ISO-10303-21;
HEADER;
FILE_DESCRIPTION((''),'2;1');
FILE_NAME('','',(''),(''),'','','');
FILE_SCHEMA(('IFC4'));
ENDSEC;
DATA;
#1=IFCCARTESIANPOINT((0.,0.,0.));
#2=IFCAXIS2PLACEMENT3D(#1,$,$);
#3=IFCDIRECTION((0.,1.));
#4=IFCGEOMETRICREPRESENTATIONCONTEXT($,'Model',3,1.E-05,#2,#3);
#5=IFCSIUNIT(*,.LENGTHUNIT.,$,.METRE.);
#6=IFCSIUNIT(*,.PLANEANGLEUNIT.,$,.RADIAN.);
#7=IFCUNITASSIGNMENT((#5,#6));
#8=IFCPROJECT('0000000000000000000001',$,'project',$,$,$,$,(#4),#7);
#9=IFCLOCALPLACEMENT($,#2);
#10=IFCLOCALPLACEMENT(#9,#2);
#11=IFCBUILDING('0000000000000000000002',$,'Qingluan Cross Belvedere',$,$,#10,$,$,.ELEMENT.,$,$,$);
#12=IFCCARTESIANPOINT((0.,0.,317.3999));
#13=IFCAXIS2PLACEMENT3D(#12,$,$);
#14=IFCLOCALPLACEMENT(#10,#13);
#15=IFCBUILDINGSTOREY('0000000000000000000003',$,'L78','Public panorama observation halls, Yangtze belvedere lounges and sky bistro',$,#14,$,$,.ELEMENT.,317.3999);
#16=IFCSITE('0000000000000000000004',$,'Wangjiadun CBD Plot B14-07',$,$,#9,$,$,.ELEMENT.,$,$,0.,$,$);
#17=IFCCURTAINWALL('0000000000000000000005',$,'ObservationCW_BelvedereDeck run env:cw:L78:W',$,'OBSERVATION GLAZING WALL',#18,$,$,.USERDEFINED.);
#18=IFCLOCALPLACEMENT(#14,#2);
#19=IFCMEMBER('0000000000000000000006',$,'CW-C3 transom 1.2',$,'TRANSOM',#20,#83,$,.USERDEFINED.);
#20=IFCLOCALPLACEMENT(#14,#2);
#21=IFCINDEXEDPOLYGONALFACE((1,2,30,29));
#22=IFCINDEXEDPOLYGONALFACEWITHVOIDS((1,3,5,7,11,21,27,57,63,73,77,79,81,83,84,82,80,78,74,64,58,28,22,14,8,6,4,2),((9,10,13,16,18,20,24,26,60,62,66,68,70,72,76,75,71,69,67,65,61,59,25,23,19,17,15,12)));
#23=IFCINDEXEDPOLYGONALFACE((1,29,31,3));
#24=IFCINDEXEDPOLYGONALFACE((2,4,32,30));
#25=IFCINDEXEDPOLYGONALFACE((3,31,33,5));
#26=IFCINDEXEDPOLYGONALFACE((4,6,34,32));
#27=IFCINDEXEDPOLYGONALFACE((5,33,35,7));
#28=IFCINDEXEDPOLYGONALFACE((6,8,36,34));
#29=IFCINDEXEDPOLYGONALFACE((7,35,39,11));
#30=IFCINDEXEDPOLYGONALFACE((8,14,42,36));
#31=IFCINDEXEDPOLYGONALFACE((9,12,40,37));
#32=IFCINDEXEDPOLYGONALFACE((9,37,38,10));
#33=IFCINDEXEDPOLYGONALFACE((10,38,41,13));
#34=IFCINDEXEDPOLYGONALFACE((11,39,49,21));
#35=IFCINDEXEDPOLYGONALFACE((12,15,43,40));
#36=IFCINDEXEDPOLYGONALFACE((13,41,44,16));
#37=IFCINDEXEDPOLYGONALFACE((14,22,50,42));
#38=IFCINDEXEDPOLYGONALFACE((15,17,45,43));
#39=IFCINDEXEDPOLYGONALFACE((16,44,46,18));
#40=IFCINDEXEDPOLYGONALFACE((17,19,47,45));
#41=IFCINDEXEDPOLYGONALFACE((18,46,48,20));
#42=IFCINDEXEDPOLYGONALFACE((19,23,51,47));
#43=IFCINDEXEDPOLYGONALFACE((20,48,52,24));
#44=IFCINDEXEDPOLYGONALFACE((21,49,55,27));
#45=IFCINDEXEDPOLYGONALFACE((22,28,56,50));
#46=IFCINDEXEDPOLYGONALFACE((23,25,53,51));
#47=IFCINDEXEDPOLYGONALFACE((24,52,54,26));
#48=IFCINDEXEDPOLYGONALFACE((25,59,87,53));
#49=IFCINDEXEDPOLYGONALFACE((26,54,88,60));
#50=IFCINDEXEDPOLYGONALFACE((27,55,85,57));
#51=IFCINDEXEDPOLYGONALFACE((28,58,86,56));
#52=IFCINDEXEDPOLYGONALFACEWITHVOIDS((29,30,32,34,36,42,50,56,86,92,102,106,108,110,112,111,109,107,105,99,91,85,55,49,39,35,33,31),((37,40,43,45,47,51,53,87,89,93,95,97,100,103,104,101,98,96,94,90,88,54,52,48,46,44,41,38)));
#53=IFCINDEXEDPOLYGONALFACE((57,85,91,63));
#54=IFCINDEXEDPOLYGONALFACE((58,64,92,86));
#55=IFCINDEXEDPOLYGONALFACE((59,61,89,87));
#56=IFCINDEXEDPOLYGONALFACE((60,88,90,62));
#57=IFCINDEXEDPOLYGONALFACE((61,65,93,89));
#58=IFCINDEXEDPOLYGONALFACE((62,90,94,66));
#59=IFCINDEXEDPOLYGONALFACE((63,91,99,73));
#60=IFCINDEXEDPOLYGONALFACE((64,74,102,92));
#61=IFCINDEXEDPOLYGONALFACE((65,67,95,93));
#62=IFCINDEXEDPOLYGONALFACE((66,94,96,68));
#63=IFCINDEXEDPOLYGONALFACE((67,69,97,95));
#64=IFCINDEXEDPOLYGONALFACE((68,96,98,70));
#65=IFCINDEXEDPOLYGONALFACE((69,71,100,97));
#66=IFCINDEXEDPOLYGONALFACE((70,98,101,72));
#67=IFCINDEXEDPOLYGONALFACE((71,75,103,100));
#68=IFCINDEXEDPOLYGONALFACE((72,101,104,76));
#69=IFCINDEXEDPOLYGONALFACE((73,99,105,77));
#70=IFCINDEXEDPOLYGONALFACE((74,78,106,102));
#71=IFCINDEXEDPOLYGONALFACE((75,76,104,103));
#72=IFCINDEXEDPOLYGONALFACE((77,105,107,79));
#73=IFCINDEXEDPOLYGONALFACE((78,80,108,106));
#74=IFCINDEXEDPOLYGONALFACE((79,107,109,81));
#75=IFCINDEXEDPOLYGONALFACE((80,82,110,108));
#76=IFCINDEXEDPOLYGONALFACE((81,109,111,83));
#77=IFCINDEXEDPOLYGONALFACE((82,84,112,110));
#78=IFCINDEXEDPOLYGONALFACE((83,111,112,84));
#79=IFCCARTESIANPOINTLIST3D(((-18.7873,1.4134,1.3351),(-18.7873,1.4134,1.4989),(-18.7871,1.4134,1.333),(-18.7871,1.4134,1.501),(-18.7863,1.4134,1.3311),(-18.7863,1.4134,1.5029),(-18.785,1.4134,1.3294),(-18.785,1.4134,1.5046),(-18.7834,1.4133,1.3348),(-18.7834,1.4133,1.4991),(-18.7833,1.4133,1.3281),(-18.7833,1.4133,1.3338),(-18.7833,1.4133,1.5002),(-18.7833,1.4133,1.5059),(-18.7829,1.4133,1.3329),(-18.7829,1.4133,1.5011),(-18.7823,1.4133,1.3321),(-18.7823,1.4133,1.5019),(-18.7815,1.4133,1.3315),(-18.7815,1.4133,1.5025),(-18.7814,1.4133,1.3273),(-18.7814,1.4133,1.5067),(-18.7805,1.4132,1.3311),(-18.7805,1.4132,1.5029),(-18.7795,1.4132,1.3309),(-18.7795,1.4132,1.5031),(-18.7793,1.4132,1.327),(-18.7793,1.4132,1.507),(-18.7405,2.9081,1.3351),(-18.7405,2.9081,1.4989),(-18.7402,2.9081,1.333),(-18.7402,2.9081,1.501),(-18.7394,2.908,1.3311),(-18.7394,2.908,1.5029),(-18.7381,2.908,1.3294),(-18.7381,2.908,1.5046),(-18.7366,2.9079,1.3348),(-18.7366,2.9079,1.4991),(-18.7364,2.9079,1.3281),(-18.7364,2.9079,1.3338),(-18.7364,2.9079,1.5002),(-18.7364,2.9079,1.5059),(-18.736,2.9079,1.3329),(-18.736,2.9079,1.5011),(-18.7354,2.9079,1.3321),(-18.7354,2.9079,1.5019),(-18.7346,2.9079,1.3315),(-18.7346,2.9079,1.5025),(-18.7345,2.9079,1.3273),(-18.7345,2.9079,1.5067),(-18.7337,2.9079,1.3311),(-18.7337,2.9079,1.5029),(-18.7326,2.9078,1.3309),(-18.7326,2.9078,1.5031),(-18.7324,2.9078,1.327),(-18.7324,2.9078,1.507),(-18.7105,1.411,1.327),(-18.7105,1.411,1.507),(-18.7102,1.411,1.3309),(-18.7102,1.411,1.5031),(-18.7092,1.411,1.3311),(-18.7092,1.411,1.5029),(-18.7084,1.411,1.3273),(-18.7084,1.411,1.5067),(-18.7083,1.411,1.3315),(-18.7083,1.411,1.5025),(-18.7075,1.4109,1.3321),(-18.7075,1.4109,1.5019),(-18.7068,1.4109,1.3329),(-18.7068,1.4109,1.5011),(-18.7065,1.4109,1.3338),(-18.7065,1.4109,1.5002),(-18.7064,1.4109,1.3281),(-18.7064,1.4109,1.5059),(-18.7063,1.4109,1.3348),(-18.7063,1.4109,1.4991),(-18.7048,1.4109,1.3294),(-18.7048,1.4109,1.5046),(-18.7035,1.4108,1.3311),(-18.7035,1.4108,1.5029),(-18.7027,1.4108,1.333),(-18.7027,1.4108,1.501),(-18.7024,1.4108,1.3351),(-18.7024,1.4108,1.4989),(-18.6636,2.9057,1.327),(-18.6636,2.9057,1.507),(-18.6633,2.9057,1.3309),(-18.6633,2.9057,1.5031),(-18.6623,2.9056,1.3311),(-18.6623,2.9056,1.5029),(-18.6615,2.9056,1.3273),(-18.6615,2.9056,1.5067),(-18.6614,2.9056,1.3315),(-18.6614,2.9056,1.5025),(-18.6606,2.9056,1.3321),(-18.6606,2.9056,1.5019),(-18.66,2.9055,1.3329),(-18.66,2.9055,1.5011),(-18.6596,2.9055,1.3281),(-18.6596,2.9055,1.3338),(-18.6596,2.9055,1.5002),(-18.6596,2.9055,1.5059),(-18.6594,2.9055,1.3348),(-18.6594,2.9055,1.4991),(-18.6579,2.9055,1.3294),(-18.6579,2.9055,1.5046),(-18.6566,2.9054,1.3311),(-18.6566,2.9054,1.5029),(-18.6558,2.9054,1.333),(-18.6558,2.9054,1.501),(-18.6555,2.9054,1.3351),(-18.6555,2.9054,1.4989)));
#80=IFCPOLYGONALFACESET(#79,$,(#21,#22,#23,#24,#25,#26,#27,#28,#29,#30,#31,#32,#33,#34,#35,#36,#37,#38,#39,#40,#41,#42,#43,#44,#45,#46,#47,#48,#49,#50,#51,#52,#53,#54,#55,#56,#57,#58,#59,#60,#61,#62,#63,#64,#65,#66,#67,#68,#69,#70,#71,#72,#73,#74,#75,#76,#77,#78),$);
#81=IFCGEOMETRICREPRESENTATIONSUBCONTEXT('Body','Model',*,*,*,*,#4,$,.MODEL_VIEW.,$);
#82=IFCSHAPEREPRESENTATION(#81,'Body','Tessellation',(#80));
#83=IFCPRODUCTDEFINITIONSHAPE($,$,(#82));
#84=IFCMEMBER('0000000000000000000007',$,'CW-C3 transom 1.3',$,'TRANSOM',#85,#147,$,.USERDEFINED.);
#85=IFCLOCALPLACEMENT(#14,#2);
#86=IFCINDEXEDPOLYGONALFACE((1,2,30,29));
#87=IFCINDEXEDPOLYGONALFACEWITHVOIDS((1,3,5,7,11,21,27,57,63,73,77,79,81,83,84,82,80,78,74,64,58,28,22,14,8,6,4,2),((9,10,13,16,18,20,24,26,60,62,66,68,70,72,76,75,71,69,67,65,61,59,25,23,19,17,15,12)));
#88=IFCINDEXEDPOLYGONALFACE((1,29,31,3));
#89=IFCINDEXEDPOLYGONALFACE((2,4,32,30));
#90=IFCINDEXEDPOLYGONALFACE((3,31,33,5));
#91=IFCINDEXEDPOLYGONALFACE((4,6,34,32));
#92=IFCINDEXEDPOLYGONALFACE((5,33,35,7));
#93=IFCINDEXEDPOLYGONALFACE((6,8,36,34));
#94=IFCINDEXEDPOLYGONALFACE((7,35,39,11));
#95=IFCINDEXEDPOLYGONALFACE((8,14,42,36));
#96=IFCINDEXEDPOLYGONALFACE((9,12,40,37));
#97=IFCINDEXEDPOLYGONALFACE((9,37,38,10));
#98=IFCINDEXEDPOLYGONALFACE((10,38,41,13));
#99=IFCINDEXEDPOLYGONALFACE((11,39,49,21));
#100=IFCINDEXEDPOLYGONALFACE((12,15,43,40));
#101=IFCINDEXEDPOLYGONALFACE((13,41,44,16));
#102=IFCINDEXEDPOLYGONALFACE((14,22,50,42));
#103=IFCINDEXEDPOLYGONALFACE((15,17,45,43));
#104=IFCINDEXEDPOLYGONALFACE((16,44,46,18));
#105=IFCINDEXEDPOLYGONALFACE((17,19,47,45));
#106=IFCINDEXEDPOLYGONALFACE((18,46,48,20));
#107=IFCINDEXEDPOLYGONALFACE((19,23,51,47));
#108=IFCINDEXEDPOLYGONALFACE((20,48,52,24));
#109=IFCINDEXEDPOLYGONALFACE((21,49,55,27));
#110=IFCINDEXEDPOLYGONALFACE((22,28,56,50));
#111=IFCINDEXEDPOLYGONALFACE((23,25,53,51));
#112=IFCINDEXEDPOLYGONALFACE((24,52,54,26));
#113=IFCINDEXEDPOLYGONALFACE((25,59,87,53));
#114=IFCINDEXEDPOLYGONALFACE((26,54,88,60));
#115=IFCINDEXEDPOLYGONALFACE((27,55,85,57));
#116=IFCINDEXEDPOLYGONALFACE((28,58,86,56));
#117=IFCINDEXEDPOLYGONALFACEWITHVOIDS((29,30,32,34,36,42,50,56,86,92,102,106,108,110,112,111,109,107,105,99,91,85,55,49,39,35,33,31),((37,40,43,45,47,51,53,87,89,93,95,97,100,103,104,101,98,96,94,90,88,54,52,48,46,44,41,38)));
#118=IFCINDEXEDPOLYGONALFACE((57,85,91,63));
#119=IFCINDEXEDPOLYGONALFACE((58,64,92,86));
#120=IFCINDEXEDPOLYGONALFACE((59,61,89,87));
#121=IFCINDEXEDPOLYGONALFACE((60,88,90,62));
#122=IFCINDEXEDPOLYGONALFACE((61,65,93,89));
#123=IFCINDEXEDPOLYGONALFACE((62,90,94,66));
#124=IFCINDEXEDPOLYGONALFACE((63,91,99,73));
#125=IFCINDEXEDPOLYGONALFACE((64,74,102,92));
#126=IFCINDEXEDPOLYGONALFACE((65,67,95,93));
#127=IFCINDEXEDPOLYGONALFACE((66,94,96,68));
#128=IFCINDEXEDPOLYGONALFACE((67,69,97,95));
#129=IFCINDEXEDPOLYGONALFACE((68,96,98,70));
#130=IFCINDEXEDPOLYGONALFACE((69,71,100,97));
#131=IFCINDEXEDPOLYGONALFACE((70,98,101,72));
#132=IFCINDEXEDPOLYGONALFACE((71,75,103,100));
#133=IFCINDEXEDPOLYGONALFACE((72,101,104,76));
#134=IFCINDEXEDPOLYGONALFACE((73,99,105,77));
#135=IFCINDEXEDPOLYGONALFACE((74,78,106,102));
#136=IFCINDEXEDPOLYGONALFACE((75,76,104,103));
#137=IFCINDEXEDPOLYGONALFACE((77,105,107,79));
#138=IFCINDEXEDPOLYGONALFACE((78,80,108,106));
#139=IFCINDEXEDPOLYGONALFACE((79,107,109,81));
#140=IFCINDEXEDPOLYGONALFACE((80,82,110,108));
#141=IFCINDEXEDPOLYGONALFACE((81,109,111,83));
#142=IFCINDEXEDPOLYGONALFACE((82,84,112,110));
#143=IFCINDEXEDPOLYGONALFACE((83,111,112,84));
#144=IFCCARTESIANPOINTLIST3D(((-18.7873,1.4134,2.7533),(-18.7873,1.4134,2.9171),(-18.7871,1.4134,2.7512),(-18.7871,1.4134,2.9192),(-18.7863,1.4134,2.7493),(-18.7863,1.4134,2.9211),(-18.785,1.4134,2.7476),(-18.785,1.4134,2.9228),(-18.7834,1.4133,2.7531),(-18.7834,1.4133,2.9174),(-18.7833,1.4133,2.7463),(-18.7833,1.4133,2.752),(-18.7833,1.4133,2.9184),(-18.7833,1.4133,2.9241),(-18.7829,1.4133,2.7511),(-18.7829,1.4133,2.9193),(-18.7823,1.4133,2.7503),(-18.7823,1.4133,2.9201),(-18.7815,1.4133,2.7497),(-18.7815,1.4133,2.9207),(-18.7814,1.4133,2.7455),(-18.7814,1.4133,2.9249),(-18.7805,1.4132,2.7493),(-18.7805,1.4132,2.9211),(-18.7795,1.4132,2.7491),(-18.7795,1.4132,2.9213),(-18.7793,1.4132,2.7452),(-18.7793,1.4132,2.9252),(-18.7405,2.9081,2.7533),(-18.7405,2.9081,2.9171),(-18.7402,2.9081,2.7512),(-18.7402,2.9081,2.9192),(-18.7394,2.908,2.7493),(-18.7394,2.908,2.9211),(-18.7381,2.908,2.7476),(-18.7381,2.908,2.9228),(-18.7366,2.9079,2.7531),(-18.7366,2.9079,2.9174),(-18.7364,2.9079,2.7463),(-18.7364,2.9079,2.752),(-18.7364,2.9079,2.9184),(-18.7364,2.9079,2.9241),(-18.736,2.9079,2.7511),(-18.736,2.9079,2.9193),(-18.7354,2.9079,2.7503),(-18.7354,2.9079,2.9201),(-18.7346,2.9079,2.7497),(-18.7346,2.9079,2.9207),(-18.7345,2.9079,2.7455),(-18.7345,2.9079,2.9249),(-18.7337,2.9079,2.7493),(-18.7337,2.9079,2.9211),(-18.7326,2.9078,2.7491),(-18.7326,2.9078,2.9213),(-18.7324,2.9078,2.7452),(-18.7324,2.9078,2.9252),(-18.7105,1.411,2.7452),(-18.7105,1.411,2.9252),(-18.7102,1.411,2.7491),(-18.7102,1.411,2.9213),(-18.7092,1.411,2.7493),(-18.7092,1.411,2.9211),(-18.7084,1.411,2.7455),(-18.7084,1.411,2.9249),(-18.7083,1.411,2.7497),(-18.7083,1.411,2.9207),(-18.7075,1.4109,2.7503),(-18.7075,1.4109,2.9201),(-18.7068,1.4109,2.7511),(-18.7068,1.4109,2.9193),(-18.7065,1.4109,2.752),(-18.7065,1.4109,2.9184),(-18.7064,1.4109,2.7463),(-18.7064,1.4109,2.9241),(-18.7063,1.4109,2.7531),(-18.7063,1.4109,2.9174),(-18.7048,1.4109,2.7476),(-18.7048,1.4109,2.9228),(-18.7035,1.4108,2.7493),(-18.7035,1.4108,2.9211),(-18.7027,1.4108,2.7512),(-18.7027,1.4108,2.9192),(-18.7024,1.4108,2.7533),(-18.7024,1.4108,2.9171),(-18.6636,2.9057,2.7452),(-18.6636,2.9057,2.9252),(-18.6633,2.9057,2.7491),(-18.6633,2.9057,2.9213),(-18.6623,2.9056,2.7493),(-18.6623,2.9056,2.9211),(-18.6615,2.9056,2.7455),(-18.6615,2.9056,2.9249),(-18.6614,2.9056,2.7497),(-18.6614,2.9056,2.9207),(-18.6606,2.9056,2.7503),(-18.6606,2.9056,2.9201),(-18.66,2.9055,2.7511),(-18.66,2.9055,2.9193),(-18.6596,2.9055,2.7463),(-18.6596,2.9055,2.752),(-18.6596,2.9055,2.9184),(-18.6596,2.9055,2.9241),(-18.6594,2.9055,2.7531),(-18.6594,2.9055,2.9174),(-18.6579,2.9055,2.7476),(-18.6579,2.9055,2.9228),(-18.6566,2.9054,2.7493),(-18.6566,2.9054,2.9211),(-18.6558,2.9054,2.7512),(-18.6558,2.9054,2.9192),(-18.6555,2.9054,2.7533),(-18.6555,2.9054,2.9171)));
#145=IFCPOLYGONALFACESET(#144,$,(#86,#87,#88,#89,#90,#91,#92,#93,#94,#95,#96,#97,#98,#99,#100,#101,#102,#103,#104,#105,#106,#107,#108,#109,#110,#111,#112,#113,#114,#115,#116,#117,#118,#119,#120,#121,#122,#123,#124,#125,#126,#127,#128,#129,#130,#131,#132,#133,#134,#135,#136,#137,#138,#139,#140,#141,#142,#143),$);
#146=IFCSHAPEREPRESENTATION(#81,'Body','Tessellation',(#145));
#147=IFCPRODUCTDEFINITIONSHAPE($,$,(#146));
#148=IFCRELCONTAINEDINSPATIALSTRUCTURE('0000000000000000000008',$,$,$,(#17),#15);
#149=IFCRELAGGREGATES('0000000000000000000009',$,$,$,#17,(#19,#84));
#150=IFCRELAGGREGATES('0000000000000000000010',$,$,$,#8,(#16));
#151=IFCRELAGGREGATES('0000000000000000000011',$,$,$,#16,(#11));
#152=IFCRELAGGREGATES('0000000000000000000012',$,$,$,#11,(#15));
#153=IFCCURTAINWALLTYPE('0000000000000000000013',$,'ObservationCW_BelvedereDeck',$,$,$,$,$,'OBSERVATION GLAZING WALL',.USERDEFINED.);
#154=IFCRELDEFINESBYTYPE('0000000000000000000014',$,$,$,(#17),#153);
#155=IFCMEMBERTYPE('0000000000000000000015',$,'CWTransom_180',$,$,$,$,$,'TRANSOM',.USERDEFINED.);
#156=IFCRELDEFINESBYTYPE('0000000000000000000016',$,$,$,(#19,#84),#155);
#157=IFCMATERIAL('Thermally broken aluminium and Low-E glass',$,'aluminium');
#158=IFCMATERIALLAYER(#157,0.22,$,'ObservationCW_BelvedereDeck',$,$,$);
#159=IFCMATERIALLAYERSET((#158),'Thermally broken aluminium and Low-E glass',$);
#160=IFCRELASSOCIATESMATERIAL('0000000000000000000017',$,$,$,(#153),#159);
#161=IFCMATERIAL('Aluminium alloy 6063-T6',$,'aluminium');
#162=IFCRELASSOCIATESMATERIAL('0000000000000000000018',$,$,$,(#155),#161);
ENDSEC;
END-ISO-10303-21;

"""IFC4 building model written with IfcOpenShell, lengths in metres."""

from ifc_helpers import new_model, si_unit, direction, frame, origin, origin_2d, place, context, subcontext, project, spatial, hollow_rectangle, extrude, material, layer, layer_set, material_profile, profile_set, type_object, element, aggregate, save


model = new_model("IFC4")

# Units and contexts
model_context = context("Model", 3, precision=1e-05, world=origin(), true_north=direction((0.0, 1.0)))
body_context = subcontext(model_context, "Body", "Model", "MODEL_VIEW")
ifc_project = project(units=[si_unit("LENGTHUNIT", "METRE"), si_unit("PLANEANGLEUNIT", "RADIAN")], contexts=[model_context])

# Site, building, storey
site_placement = place(None, origin())
site = spatial("IfcSite", under=ifc_project, at=site_placement, Name="Wangjiadun CBD Plot B14-07", CompositionType="ELEMENT", RefElevation=0.0)
building_placement = place(site_placement, origin())
building = spatial("IfcBuilding", under=site, at=building_placement, Name="Qingluan Cross Belvedere", CompositionType="ELEMENT")
storey_placement = place(building_placement, frame((0.0, 0.0, 317.3999)))
storey = spatial("IfcBuildingStorey", under=building, at=storey_placement, Name="L78", Description="Public panorama observation halls, Yangtze belvedere lounges and sky bistro", CompositionType="ELEMENT", Elevation=317.3999)

# Curtain wall, members
ifc_material_1 = material(Name="Thermally broken aluminium and Low-E glass", Category="aluminium")
ifc_layer_1 = layer(ifc_material_1, 0.22, Name="ObservationCW_BelvedereDeck")
ifc_layer_set_1 = layer_set([ifc_layer_1], Name="Thermally broken aluminium and Low-E glass")
curtain_wall_type = type_object("IfcCurtainWallType", Name="ObservationCW_BelvedereDeck", ElementType="OBSERVATION GLAZING WALL", PredefinedType="USERDEFINED", material=ifc_layer_set_1)
curtain_wall_placement = place(storey_placement, origin())
curtain_wall = element("IfcCurtainWall", 1, at=curtain_wall_placement, inside=storey, type_object=curtain_wall_type, Name="ObservationCW_BelvedereDeck run env:cw:L78:W", ObjectType="OBSERVATION GLAZING WALL", PredefinedType="USERDEFINED")
ifc_material_2 = material(Name="Aluminium alloy 6063-T6", Category="aluminium")
ifc_material_profile_1 = material_profile(ifc_material_2, hollow_rectangle(XDim=0.085, YDim=0.1799, WallThickness=0.0039, InnerFilletRadius=0.0039, OuterFilletRadius=0.0081, at=origin_2d()), Name="CWT180x85x4")
ifc_profile_set_1 = profile_set([ifc_material_profile_1], Name="Aluminium alloy 6063-T6")
member_type_1 = type_object("IfcMemberType", Name="CWTransom_180", ElementType="TRANSOM", PredefinedType="USERDEFINED", material=ifc_profile_set_1)
member_1_placement = place(storey_placement, frame((-18.698, 2.9067, 1.417), z_axis=(-0.031347, -0.999509, 0.0), x_axis=(0.999509, -0.031347, 0.0)))
member_1 = element("IfcMember", 2, at=member_1_placement, type_object=member_type_1, Name="CW-C3 transom 1.2", ObjectType="TRANSOM", PredefinedType="USERDEFINED", context=body_context, shape_type="SweptSolid", body=[
    extrude(hollow_rectangle(XDim=0.085, YDim=0.1799, WallThickness=0.0039, InnerFilletRadius=0.0039, OuterFilletRadius=0.0081, at=origin_2d()), origin(), (0.0, 0.0, 1.0), 1.4954),
])
member_2_placement = place(storey_placement, frame((-18.698, 2.9067, 2.8352), z_axis=(-0.031347, -0.999509, 0.0), x_axis=(0.999509, -0.031347, 0.0)))
member_2 = element("IfcMember", 3, at=member_2_placement, type_object=member_type_1, Name="CW-C3 transom 1.3", ObjectType="TRANSOM", PredefinedType="USERDEFINED", context=body_context, shape_type="SweptSolid", body=[
    extrude(hollow_rectangle(XDim=0.085, YDim=0.1799, WallThickness=0.0039, InnerFilletRadius=0.0039, OuterFilletRadius=0.0081, at=origin_2d()), origin(), (0.0, 0.0, 1.0), 1.4954),
])

aggregate(curtain_wall, [member_1, member_2])

save(model, "model.ifc")
